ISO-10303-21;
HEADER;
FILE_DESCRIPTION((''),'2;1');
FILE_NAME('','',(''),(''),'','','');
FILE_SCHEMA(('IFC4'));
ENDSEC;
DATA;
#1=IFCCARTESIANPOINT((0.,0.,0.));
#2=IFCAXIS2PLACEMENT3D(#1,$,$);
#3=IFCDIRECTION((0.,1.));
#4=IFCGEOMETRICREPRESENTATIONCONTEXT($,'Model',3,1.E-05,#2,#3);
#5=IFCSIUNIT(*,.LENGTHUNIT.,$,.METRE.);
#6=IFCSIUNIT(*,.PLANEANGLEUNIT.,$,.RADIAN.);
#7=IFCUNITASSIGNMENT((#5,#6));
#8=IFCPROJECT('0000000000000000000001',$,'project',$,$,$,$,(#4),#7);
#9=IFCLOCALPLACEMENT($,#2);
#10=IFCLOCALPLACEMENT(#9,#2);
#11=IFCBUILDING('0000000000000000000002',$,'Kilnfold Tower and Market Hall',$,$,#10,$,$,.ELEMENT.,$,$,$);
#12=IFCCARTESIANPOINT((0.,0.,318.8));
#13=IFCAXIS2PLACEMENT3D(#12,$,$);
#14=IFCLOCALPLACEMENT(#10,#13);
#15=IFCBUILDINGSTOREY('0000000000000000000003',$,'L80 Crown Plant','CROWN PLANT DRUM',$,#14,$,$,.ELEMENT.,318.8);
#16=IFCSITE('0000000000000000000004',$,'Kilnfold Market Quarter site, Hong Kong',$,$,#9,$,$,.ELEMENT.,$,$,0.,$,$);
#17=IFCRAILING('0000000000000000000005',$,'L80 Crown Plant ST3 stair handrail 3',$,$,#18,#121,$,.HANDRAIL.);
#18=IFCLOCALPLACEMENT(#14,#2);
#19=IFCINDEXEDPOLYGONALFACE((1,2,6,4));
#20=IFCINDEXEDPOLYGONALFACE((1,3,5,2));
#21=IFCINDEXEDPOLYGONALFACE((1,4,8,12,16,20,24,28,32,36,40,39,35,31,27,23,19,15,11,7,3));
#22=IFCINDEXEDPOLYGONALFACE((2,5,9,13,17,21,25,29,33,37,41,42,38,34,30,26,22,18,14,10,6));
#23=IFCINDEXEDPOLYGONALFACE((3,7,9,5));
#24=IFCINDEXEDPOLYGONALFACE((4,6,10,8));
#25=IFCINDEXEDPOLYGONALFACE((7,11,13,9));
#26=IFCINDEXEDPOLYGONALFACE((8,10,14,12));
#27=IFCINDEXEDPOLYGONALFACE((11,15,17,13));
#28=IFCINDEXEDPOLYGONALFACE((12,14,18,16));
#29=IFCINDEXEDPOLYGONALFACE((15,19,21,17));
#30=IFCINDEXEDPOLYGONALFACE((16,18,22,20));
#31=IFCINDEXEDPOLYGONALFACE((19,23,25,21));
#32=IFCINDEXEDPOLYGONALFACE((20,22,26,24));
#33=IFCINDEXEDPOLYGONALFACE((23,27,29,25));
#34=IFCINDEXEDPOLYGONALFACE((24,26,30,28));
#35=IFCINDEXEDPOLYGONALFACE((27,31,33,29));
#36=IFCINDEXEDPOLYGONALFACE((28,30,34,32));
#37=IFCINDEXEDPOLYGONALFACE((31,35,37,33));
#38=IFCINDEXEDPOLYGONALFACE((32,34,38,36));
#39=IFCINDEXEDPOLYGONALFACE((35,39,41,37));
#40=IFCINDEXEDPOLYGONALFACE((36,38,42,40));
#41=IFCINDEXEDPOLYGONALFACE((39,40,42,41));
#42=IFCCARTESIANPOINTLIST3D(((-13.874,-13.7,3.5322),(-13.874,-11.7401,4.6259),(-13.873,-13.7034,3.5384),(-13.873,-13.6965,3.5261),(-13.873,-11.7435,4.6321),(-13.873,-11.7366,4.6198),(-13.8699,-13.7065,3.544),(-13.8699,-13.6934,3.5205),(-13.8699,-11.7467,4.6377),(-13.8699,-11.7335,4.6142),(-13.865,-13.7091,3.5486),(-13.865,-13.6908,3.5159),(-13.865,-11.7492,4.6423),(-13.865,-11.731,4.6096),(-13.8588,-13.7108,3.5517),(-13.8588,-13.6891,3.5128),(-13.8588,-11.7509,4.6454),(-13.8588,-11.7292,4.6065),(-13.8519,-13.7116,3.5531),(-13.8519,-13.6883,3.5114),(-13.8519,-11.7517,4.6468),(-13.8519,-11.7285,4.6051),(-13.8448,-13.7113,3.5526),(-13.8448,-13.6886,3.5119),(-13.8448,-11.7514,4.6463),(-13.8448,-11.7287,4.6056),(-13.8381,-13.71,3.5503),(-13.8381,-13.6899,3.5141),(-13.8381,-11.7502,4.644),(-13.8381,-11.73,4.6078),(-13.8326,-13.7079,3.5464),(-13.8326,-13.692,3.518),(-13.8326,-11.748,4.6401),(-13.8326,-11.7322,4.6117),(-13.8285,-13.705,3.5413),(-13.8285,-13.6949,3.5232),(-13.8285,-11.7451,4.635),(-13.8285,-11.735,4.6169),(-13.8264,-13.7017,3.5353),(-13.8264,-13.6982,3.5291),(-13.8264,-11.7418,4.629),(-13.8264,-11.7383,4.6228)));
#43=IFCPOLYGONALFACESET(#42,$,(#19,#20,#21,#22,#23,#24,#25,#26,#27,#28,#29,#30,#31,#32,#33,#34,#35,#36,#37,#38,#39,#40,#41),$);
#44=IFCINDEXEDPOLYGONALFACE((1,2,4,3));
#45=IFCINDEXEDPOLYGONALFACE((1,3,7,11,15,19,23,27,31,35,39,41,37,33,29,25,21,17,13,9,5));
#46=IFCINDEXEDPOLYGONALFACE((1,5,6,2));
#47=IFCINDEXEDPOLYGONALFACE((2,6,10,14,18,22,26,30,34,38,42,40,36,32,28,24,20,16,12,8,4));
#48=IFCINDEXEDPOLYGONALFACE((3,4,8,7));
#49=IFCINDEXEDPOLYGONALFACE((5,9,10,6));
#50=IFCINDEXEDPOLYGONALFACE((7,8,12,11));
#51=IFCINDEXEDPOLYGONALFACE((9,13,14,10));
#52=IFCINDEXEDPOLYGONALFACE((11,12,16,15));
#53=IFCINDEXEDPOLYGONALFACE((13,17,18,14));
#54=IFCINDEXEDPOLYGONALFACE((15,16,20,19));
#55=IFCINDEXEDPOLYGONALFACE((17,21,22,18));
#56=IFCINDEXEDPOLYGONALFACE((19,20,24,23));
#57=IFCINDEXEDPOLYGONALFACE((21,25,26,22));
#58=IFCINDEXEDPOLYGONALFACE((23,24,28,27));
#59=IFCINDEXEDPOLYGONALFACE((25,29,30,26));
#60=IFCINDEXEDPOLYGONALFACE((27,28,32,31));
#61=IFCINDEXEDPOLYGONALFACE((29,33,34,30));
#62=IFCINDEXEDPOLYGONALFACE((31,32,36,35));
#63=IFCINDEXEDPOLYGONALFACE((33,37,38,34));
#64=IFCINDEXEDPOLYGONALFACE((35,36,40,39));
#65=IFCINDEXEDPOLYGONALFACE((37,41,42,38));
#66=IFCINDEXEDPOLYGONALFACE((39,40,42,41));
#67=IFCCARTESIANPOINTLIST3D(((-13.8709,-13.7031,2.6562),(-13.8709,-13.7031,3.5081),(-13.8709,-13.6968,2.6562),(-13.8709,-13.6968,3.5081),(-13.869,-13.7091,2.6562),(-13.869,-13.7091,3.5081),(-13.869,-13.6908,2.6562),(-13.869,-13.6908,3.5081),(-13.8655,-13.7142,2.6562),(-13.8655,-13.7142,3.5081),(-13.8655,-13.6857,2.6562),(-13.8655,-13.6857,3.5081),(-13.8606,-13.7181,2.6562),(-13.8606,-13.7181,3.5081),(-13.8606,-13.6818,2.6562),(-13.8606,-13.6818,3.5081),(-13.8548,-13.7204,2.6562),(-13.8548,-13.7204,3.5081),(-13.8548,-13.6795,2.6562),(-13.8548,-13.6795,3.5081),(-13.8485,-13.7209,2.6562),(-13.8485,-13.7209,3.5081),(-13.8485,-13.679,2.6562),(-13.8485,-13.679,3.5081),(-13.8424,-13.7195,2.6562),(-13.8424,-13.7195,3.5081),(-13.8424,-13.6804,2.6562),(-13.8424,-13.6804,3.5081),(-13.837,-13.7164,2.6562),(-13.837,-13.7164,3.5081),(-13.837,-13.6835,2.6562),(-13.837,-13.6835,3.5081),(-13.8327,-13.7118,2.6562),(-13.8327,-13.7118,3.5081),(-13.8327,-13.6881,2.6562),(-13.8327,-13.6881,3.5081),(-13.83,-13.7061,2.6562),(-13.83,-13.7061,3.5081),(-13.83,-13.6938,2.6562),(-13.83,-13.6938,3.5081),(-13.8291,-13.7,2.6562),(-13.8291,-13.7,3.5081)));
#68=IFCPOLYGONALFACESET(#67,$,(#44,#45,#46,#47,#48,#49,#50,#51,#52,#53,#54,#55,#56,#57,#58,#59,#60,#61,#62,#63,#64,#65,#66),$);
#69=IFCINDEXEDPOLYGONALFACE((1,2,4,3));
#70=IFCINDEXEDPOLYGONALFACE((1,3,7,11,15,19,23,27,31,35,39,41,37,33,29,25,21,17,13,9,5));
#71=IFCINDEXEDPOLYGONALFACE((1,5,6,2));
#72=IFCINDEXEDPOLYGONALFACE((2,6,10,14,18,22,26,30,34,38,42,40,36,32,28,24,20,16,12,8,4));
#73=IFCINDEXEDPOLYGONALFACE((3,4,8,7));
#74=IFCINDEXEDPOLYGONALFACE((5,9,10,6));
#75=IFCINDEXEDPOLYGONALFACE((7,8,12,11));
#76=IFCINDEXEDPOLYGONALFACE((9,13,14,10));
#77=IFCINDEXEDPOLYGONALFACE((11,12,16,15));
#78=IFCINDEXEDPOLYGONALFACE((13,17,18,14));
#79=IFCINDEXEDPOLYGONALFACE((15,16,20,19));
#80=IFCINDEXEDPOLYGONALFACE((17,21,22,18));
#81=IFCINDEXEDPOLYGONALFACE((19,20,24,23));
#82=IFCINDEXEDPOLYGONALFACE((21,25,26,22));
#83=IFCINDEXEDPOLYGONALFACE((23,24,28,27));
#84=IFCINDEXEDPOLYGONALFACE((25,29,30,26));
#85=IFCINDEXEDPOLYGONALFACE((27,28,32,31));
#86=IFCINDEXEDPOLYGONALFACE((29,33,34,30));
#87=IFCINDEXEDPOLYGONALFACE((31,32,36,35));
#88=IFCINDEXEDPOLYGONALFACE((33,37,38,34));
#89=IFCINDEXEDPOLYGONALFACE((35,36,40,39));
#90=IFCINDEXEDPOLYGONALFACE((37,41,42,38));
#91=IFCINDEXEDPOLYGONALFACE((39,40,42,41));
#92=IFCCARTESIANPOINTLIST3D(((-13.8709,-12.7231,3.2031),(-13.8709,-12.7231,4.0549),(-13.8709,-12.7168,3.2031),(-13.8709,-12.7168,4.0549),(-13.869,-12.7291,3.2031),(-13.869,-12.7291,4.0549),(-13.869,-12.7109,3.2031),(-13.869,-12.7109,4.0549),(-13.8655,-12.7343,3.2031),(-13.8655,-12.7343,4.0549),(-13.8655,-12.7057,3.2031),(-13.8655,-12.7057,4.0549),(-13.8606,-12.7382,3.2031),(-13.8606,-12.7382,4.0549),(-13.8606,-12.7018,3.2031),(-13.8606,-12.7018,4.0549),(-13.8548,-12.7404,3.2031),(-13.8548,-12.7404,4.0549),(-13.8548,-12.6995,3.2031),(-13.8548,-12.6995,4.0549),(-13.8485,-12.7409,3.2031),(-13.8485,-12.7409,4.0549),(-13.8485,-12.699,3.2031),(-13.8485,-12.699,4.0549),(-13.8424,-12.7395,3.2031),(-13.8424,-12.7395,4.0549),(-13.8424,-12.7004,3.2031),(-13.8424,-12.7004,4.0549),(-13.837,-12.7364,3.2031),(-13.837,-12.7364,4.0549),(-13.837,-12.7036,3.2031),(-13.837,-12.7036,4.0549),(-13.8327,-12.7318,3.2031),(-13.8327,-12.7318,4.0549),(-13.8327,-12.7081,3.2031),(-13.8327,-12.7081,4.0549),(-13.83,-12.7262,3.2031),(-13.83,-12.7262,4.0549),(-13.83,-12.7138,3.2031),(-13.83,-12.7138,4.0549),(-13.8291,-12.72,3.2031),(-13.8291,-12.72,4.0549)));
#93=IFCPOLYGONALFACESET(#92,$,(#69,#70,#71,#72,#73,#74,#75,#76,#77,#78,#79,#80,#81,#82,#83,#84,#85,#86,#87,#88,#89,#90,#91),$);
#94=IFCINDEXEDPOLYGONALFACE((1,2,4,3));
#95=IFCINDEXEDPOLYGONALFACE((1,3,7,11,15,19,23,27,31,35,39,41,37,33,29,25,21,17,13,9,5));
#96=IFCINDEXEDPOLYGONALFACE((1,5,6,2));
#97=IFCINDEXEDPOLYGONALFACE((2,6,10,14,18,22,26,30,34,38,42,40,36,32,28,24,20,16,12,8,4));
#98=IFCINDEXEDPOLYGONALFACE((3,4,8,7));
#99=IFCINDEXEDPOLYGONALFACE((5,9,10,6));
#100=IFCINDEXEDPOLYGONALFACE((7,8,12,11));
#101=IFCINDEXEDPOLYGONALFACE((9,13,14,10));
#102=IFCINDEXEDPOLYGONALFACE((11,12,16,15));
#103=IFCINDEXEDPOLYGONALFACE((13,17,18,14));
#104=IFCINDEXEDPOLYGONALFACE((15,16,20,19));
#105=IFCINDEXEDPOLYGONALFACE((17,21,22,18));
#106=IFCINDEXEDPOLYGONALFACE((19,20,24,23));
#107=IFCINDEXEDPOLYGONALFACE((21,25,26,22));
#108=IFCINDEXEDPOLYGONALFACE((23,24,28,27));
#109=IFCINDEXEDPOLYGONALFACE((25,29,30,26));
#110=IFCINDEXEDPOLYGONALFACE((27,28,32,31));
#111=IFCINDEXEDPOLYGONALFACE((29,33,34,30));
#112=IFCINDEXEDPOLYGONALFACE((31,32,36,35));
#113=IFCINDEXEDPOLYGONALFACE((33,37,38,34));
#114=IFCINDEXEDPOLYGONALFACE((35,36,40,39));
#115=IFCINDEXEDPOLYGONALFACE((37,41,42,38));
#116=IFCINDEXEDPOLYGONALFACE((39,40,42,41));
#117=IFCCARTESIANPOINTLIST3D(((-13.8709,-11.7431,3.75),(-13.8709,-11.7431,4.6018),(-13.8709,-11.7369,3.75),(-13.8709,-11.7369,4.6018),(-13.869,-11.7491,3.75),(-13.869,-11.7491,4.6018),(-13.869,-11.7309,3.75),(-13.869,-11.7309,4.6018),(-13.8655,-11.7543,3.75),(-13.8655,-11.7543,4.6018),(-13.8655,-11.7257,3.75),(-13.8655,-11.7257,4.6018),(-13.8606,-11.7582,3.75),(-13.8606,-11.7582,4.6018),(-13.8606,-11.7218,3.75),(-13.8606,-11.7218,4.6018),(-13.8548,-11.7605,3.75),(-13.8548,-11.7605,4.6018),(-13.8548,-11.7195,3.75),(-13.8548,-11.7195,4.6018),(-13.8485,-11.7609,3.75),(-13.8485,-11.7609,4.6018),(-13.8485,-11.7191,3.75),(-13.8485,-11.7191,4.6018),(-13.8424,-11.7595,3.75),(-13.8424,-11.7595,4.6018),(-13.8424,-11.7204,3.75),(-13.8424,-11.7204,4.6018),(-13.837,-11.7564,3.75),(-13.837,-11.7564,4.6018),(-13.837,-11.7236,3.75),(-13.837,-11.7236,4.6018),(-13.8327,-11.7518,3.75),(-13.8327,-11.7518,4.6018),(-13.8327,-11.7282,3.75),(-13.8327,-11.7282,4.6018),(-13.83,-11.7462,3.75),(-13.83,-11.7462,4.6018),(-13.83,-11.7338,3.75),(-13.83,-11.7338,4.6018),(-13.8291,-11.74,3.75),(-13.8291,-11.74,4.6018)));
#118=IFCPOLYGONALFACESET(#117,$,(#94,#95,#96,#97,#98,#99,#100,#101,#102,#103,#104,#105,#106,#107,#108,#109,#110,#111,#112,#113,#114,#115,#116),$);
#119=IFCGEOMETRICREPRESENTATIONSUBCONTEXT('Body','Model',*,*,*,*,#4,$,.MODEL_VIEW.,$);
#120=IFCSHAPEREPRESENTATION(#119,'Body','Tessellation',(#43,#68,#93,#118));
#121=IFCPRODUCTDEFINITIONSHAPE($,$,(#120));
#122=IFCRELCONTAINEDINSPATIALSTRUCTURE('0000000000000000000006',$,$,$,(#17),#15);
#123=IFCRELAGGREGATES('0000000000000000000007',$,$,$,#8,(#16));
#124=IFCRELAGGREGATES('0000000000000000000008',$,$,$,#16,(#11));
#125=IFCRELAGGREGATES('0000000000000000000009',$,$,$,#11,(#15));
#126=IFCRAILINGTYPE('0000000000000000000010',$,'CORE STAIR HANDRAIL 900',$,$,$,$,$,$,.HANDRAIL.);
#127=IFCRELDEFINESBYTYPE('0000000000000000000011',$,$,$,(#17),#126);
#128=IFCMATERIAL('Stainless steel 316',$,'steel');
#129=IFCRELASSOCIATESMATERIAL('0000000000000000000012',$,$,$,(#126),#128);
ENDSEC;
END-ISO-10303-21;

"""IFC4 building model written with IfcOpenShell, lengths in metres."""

from ifc_helpers import new_model, si_unit, direction, frame, origin, origin_2d, place, context, subcontext, project, spatial, circle, extrude, material, type_object, element, save


model = new_model("IFC4")

# Units and contexts
model_context = context("Model", 3, precision=1e-05, world=origin(), true_north=direction((0.0, 1.0)))
body_context = subcontext(model_context, "Body", "Model", "MODEL_VIEW")
ifc_project = project(units=[si_unit("LENGTHUNIT", "METRE"), si_unit("PLANEANGLEUNIT", "RADIAN")], contexts=[model_context])

# Site, building, storey
site_placement = place(None, origin())
site = spatial("IfcSite", under=ifc_project, at=site_placement, Name="Kilnfold Market Quarter site, Hong Kong", CompositionType="ELEMENT", RefElevation=0.0)
building_placement = place(site_placement, origin())
building = spatial("IfcBuilding", under=site, at=building_placement, Name="Kilnfold Tower and Market Hall", CompositionType="ELEMENT")
storey_placement = place(building_placement, frame((0.0, 0.0, 318.8)))
storey = spatial("IfcBuildingStorey", under=building, at=storey_placement, Name="L80 Crown Plant", Description="CROWN PLANT DRUM", CompositionType="ELEMENT", Elevation=318.8)

# Railing
ifc_material_1 = material(Name="Stainless steel 316", Category="steel")
railing_type_1 = type_object("IfcRailingType", Name="CORE STAIR HANDRAIL 900", PredefinedType="HANDRAIL", material=ifc_material_1)
railing_1_placement = place(storey_placement, frame((-13.8501, -13.7, 2.6562)))
element("IfcRailing", 1, at=railing_1_placement, inside=storey, type_object=railing_type_1, Name="L80 Crown Plant ST3 stair handrail 3", PredefinedType="HANDRAIL", context=body_context, shape_type="SweptSolid", body=[
    extrude(circle(Radius=0.0239, at=origin_2d()), frame((0.0, 0.0, 0.876), z_axis=(0.0, 0.873232, 0.487304), x_axis=(-1.0, 0.0, 0.0)), (0.0, 0.0, 1.0), 2.2444),
    extrude(circle(Radius=0.021, at=origin_2d()), origin(), (0.0, 0.0, 1.0), 0.8518),
    extrude(circle(Radius=0.021, at=origin_2d()), frame((0.0, 0.98, 0.5469)), (0.0, 0.0, 1.0), 0.8518),
    extrude(circle(Radius=0.021, at=origin_2d()), frame((0.0, 1.96, 1.0938)), (0.0, 0.0, 1.0), 0.8518),
])

save(model, "model.ifc")
